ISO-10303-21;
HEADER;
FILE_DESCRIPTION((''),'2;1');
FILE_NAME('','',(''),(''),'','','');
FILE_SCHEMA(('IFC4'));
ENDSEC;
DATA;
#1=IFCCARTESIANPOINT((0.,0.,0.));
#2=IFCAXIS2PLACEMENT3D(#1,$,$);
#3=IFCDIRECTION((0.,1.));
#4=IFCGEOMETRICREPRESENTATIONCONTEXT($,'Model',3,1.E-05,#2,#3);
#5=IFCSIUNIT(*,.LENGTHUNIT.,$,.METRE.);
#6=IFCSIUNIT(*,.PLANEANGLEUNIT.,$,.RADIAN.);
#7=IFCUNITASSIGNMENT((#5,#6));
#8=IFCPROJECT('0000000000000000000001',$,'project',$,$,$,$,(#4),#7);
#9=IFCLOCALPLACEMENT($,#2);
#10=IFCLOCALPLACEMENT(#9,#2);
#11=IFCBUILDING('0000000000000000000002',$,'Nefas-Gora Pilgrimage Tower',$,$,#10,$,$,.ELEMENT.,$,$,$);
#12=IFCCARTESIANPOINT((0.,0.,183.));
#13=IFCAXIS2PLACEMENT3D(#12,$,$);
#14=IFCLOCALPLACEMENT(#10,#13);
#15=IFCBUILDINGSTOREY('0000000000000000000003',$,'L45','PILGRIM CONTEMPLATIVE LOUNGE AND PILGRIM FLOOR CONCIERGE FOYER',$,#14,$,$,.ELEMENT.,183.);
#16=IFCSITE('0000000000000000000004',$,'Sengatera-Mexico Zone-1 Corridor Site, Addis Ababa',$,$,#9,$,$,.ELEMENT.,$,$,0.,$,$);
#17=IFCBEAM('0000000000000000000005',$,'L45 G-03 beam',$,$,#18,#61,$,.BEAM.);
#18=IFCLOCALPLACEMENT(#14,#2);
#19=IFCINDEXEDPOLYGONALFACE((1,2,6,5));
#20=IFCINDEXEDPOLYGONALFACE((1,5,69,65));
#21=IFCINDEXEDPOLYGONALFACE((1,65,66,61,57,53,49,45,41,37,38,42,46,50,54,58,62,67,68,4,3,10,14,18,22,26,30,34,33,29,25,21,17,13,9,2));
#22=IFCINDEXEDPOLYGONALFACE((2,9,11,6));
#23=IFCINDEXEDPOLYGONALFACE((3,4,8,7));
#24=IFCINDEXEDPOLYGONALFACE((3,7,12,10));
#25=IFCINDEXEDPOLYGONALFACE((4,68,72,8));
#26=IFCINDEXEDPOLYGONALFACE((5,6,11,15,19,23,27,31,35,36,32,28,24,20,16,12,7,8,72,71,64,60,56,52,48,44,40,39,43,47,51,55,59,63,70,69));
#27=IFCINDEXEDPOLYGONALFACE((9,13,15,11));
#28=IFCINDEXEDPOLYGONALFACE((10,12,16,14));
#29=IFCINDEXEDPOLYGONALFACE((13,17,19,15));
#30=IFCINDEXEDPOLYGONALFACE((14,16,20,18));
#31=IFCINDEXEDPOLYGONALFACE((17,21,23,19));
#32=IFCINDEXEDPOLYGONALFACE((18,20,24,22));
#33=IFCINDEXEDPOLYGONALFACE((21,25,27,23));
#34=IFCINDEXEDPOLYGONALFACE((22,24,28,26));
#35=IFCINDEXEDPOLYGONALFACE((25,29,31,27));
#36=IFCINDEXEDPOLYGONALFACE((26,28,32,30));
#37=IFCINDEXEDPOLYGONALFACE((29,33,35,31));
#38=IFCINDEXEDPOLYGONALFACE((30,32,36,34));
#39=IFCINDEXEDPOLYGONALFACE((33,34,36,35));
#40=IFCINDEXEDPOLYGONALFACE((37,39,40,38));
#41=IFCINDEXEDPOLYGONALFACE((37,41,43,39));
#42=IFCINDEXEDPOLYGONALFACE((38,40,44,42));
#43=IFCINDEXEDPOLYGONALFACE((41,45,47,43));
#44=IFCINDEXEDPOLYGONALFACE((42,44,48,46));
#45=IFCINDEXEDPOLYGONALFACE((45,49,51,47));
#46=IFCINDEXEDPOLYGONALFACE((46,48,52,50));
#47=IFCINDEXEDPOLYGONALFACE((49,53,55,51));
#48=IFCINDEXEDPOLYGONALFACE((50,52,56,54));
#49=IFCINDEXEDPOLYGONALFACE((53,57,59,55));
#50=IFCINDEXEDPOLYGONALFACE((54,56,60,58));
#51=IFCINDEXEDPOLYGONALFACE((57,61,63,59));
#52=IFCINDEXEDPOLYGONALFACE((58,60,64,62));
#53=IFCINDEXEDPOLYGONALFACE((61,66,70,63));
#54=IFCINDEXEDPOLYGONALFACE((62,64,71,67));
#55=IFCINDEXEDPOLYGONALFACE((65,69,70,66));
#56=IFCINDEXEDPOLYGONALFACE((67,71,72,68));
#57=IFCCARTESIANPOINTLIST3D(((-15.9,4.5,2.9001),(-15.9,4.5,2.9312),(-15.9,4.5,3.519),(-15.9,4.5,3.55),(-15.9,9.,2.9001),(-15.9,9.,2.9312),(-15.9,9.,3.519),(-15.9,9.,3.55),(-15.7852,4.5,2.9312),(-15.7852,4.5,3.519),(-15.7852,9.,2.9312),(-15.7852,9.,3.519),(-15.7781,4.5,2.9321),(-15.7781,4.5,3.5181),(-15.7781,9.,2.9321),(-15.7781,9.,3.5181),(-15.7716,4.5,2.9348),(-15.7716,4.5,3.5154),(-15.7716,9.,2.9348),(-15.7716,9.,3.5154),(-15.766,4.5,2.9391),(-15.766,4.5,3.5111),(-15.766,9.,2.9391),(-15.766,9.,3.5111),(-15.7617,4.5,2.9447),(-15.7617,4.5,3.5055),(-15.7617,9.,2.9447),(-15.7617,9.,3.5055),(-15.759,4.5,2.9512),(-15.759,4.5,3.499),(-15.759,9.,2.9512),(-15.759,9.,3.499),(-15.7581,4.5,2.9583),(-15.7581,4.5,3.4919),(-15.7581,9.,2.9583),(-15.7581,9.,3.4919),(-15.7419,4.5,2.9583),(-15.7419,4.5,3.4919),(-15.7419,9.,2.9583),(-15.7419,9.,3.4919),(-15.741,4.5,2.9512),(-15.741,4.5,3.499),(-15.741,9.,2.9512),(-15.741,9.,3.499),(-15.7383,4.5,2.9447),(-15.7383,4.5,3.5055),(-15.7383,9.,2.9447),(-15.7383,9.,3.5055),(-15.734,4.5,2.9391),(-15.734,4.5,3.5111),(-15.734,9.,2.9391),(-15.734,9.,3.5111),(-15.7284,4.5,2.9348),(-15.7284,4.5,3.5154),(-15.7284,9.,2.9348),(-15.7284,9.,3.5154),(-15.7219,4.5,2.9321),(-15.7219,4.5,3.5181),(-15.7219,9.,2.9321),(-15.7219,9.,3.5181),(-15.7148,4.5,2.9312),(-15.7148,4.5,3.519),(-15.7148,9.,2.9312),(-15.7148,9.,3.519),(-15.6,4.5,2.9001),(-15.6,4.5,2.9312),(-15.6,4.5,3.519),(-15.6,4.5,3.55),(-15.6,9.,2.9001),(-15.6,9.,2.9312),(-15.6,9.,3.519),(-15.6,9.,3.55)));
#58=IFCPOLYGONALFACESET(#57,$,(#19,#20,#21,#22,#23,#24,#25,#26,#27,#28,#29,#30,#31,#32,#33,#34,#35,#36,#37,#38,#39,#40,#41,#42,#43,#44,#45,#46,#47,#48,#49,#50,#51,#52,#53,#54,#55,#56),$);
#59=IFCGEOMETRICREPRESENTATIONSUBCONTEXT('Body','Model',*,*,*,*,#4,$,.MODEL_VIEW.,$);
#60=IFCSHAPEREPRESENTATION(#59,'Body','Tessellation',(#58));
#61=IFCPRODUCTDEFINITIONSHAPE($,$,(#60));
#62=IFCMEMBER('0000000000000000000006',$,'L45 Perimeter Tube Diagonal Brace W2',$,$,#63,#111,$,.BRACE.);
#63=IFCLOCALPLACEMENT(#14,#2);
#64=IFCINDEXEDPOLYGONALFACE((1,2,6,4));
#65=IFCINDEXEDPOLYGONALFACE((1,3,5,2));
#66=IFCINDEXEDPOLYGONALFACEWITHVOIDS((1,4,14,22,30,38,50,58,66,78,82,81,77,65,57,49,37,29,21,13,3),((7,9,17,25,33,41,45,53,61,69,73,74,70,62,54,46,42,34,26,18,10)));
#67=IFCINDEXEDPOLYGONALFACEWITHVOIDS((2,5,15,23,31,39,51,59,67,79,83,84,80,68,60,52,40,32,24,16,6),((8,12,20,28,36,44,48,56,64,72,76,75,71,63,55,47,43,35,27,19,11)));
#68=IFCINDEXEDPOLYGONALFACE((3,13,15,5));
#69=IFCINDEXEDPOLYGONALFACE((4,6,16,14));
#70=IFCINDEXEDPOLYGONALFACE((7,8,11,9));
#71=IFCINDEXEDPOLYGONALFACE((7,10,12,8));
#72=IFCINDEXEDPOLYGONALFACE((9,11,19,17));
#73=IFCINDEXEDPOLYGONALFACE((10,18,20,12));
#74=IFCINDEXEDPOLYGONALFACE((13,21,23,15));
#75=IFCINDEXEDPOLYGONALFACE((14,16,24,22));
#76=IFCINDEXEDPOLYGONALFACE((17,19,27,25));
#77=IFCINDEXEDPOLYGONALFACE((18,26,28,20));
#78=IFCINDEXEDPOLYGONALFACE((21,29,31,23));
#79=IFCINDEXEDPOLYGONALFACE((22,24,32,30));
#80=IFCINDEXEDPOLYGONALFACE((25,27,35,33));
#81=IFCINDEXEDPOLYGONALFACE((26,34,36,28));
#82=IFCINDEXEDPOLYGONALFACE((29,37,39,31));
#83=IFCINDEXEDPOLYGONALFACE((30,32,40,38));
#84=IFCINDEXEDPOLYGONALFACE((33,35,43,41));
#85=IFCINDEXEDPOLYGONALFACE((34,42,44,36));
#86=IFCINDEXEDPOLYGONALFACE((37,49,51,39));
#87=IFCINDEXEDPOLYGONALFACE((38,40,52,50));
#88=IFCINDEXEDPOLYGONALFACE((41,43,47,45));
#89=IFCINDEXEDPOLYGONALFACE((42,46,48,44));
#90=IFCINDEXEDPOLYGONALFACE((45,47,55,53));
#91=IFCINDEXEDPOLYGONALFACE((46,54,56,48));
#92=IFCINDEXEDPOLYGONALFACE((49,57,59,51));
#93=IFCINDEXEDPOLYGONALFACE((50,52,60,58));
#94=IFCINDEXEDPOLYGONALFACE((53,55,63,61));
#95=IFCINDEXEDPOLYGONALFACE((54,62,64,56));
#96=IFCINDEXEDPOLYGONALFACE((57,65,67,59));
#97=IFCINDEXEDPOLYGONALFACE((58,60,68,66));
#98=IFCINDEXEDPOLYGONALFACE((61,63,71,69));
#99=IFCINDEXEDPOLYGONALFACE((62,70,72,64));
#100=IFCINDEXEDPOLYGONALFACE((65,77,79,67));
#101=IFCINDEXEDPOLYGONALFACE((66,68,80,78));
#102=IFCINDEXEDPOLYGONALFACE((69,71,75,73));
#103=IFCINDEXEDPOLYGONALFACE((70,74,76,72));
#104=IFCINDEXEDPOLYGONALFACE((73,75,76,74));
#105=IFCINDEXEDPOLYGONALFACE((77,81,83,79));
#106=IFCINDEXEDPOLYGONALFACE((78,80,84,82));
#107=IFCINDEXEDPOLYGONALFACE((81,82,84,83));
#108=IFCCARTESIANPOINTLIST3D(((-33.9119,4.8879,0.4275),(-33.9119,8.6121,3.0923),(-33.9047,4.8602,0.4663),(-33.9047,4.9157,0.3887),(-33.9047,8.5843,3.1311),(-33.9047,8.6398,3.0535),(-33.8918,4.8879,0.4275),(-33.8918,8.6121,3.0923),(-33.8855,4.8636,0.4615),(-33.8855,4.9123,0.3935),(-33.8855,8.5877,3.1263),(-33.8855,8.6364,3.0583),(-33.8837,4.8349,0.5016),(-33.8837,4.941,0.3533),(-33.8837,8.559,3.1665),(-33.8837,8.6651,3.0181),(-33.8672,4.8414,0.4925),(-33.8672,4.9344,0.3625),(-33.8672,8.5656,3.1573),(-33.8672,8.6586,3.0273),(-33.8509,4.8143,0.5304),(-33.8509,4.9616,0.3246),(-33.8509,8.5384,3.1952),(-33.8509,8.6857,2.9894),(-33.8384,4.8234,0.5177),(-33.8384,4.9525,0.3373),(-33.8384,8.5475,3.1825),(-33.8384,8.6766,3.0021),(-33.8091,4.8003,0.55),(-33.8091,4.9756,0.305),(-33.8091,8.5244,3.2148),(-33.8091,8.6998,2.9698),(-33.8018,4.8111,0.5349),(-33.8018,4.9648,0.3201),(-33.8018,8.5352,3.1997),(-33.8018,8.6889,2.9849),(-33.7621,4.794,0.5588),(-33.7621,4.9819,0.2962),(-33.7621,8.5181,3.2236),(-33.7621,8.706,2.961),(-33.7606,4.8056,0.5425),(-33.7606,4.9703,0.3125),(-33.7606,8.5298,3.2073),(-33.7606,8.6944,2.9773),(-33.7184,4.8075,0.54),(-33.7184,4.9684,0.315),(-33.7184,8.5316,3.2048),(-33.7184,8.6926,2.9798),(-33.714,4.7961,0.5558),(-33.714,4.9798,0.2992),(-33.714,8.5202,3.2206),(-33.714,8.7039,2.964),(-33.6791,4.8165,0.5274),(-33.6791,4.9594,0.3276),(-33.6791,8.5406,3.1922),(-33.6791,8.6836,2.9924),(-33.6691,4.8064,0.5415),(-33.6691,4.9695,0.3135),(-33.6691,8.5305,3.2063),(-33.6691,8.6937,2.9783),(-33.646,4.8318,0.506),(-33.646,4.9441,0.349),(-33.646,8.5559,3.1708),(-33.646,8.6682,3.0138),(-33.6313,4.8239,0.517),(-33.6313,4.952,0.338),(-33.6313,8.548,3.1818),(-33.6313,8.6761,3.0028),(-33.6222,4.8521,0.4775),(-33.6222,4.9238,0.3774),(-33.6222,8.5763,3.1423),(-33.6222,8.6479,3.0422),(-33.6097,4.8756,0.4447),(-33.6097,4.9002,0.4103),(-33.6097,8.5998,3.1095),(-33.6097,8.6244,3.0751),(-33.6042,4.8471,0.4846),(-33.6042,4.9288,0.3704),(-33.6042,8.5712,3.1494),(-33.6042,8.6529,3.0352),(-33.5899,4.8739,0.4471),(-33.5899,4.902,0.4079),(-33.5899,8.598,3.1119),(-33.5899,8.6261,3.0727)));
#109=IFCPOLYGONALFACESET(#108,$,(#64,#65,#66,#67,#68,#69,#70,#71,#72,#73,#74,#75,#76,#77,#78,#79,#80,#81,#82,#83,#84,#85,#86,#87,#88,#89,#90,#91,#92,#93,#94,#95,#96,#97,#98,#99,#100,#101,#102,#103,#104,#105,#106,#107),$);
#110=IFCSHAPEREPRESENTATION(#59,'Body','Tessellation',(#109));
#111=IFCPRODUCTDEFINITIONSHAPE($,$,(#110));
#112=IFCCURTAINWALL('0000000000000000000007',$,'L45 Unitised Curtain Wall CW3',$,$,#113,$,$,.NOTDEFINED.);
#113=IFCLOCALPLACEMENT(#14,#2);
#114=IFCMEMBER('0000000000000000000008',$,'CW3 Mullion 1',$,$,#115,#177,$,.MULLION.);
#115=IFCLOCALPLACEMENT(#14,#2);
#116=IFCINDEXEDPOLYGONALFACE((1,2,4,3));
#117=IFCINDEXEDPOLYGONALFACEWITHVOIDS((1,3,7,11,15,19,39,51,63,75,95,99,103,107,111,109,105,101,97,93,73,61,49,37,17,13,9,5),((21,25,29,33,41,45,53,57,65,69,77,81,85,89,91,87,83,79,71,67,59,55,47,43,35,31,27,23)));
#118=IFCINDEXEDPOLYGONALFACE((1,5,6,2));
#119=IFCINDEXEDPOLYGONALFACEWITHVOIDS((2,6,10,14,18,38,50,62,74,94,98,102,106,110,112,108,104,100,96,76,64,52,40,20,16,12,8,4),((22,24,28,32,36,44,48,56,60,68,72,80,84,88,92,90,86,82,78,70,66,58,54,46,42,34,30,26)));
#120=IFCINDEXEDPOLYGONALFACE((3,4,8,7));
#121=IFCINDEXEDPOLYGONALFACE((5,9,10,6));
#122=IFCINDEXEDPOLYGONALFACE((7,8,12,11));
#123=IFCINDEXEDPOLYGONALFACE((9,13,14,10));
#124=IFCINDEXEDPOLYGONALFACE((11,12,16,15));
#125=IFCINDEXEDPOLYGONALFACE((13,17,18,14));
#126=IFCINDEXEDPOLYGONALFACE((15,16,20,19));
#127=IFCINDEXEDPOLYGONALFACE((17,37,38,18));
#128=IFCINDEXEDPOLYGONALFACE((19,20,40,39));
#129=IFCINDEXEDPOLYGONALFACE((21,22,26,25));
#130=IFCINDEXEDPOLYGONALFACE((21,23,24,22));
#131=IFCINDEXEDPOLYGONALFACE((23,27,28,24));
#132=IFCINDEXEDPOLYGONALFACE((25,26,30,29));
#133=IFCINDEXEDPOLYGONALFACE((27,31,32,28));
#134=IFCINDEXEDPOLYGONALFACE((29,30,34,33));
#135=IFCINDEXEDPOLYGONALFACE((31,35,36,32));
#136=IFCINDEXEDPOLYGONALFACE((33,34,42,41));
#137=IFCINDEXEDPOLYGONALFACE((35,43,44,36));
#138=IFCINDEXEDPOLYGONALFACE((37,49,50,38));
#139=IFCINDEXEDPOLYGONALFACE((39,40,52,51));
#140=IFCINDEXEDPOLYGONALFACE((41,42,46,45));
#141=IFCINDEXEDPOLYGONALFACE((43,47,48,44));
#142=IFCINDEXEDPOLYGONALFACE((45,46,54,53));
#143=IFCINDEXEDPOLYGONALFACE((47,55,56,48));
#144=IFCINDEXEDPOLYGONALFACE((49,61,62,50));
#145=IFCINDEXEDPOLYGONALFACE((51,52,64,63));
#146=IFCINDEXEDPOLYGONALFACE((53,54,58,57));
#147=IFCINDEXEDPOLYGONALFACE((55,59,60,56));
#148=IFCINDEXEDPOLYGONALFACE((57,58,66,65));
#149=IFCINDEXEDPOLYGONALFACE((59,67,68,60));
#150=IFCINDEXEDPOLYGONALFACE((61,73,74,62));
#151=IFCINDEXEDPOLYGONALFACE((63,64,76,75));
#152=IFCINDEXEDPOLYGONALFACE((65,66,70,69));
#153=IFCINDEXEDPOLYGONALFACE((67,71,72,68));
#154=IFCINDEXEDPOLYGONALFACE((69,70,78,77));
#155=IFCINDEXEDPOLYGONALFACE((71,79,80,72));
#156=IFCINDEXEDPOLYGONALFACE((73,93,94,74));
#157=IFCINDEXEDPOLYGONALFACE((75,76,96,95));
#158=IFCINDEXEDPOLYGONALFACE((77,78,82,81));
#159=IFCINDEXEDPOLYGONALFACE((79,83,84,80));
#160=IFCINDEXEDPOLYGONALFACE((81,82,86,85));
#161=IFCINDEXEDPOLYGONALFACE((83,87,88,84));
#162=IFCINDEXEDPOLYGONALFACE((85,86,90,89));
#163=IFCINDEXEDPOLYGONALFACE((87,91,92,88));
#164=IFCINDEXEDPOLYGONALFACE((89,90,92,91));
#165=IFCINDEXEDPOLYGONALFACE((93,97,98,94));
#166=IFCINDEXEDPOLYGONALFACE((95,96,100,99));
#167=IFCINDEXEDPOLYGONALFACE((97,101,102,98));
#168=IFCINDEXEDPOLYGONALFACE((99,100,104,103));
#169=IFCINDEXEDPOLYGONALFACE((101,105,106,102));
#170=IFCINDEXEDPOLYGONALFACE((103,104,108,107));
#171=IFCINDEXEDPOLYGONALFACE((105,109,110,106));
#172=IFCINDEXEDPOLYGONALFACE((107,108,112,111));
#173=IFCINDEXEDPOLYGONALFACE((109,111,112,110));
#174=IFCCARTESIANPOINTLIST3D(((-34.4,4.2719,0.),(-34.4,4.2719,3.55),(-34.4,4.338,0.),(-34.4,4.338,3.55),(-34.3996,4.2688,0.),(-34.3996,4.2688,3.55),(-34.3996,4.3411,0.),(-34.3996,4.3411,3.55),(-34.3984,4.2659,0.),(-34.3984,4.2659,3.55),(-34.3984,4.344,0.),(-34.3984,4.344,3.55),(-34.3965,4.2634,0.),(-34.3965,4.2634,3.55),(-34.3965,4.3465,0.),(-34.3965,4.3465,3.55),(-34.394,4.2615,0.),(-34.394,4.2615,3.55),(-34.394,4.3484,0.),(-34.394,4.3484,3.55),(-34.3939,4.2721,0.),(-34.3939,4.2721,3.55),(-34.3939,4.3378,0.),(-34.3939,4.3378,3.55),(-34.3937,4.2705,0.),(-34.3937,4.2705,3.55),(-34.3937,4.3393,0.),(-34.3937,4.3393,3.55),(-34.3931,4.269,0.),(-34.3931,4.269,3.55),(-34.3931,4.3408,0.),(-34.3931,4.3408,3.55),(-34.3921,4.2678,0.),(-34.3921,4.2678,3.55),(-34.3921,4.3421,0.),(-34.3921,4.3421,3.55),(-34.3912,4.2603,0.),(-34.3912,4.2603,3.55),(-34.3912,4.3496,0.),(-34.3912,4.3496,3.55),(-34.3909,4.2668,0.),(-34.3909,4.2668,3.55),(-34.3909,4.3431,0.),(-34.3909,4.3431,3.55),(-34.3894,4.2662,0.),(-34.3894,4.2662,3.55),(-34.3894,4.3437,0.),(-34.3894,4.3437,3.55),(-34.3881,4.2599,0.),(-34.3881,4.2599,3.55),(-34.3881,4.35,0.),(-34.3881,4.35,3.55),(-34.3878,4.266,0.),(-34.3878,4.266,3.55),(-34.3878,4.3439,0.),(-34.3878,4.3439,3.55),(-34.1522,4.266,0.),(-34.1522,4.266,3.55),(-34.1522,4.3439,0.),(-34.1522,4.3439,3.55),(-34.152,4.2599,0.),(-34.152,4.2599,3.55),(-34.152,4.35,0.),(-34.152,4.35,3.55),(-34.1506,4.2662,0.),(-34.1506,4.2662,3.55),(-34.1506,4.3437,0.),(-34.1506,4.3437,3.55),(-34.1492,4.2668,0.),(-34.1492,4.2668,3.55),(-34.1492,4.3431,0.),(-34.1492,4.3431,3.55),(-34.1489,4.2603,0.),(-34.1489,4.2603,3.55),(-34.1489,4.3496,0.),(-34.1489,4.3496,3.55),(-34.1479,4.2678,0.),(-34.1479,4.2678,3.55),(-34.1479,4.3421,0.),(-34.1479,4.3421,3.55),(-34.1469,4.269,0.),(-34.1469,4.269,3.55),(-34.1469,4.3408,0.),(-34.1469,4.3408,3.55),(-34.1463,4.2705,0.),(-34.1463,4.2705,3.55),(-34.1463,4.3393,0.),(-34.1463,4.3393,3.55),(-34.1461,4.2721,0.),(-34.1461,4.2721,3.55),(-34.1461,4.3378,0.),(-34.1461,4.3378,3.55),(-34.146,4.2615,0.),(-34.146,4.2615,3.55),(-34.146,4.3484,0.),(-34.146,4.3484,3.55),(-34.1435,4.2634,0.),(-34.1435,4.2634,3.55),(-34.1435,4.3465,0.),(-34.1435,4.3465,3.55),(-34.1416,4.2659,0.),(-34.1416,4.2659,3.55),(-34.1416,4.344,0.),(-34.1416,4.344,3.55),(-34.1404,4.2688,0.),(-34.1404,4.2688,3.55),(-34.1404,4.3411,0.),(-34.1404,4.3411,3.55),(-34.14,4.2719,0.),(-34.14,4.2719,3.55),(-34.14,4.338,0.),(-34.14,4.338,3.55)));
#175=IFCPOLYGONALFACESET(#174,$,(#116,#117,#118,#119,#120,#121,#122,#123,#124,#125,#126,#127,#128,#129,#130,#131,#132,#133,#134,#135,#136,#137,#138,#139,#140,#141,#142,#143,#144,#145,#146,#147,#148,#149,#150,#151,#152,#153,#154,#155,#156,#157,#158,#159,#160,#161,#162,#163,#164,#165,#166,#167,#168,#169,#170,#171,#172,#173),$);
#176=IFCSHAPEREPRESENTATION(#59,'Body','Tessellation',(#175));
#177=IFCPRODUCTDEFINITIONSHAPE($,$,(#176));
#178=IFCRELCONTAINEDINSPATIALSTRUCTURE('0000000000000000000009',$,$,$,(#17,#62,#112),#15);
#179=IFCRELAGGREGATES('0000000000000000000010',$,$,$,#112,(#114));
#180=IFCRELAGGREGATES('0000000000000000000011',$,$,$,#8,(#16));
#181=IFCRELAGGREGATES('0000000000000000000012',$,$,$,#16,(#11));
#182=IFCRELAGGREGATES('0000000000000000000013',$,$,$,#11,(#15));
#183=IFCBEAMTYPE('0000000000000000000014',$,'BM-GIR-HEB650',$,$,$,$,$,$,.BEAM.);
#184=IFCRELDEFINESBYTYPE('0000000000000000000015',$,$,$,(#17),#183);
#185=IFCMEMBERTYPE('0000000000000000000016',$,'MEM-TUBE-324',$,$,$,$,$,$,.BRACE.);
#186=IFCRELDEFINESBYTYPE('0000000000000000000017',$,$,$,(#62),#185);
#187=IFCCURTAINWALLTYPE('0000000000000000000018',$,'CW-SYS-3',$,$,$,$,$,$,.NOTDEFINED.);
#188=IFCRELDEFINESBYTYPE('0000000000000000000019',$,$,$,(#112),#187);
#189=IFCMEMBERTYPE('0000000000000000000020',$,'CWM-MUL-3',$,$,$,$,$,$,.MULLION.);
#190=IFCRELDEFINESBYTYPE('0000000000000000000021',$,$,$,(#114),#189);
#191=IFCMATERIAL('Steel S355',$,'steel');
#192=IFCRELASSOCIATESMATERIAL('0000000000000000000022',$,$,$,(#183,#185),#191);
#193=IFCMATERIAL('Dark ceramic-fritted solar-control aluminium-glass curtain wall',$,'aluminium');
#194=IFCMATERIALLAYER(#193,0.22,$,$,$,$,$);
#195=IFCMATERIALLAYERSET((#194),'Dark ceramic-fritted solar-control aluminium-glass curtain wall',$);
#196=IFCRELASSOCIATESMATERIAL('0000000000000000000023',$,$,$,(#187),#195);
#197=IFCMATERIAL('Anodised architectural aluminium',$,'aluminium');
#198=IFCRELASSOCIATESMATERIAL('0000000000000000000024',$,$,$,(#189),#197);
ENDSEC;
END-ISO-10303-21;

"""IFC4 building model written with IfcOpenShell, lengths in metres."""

from ifc_helpers import new_model, si_unit, direction, frame, origin, origin_2d, place, context, subcontext, project, spatial, hollow_rectangle, hollow_circle, i_section, extrude, source, transform, mapped, material, layer, layer_set, material_profile, profile_set, type_object, element, aggregate, save


model = new_model("IFC4")

# Units and contexts
model_context = context("Model", 3, precision=1e-05, world=origin(), true_north=direction((0.0, 1.0)))
body_context = subcontext(model_context, "Body", "Model", "MODEL_VIEW")
ifc_project = project(units=[si_unit("LENGTHUNIT", "METRE"), si_unit("PLANEANGLEUNIT", "RADIAN")], contexts=[model_context])

# Site, building, storey
site_placement = place(None, origin())
site = spatial("IfcSite", under=ifc_project, at=site_placement, Name="Sengatera-Mexico Zone-1 Corridor Site, Addis Ababa", CompositionType="ELEMENT", RefElevation=0.0)
building_placement = place(site_placement, origin())
building = spatial("IfcBuilding", under=site, at=building_placement, Name="Nefas-Gora Pilgrimage Tower", CompositionType="ELEMENT")
storey_placement = place(building_placement, frame((0.0, 0.0, 183.0)))
storey = spatial("IfcBuildingStorey", under=building, at=storey_placement, Name="L45", Description="PILGRIM CONTEMPLATIVE LOUNGE AND PILGRIM FLOOR CONCIERGE FOYER", CompositionType="ELEMENT", Elevation=183.0)

# Beam
ifc_material_1 = material(Name="Steel S355", Category="steel")
ifc_material_profile_1 = material_profile(ifc_material_1, i_section(OverallWidth=0.3, OverallDepth=0.6499, WebThickness=0.0161, FlangeThickness=0.031, FilletRadius=0.0271, at=origin_2d()), Name="HEB 650")
ifc_profile_set_1 = profile_set([ifc_material_profile_1], Name="Steel S355")
beam_type_1 = type_object("IfcBeamType", Name="BM-GIR-HEB650", PredefinedType="BEAM", material=ifc_profile_set_1)
shared_shape_1 = source(origin(), body_context, "Body", "SweptSolid", [
    extrude(i_section(OverallWidth=0.3, OverallDepth=0.6499, WebThickness=0.0161, FlangeThickness=0.031, FilletRadius=0.0271, at=origin_2d()), origin(), (0.0, 0.0, 1.0), 4.5),
])
for number, where, z_axis, x_axis, name in (
    (1, (-15.75, 4.5, 3.2251), (0.0, 1.0, 0.0), (-1.0, 0.0, 0.0), "L45 G-03 beam"),
):
    element("IfcBeam", number, at=place(storey_placement, frame(where, z_axis=z_axis, x_axis=x_axis)), inside=storey, type_object=beam_type_1, Name=name, PredefinedType="BEAM", context=body_context, shape_type="MappedRepresentation", body=[
        mapped(shared_shape_1, transform((0.0, 0.0, 0.0), x_axis=(1.0, 0.0, 0.0), y_axis=(0.0, 1.0, 0.0), z_axis=(0.0, 0.0, 1.0), scale=1.0)),
    ])

# Member
ifc_material_profile_2 = material_profile(ifc_material_1, hollow_circle(Radius=0.1619, WallThickness=0.02, at=origin_2d()), Name="CHS 323.9x20")
ifc_profile_set_2 = profile_set([ifc_material_profile_2], Name="Steel S355")
member_type_1 = type_object("IfcMemberType", Name="MEM-TUBE-324", PredefinedType="BRACE", material=ifc_profile_set_2)
shared_shape_2 = source(origin(), body_context, "Body", "SweptSolid", [
    extrude(hollow_circle(Radius=0.1619, WallThickness=0.02, at=origin_2d()), origin(), (0.0, 0.0, 1.0), 4.5793),
])
member_1_placement = place(storey_placement, frame((-33.75, 4.8879, 0.4275), z_axis=(0.0, 0.813247, 0.581919), x_axis=(-1.0, 0.0, 0.0)))
element("IfcMember", 2, at=member_1_placement, inside=storey, type_object=member_type_1, Name="L45 Perimeter Tube Diagonal Brace W2", PredefinedType="BRACE", context=body_context, shape_type="MappedRepresentation", body=[
    mapped(shared_shape_2, transform((0.0, 0.0, 0.0), x_axis=(1.0, 0.0, 0.0), y_axis=(0.0, 1.0, 0.0), z_axis=(0.0, 0.0, 1.0), scale=1.0)),
])

# Curtain wall, member
ifc_material_2 = material(Name="Dark ceramic-fritted solar-control aluminium-glass curtain wall", Category="aluminium")
ifc_layer_1 = layer(ifc_material_2, 0.22)
ifc_layer_set_1 = layer_set([ifc_layer_1], Name="Dark ceramic-fritted solar-control aluminium-glass curtain wall")
curtain_wall_type = type_object("IfcCurtainWallType", Name="CW-SYS-3", PredefinedType="NOTDEFINED", material=ifc_layer_set_1)
curtain_wall_placement = place(storey_placement, origin())
curtain_wall = element("IfcCurtainWall", 3, at=curtain_wall_placement, inside=storey, type_object=curtain_wall_type, Name="L45 Unitised Curtain Wall CW3", PredefinedType="NOTDEFINED")
ifc_material_3 = material(Name="Anodised architectural aluminium", Category="aluminium")
ifc_material_profile_3 = material_profile(ifc_material_3, hollow_rectangle(XDim=0.0901, YDim=0.26, WallThickness=0.0061, InnerFilletRadius=0.0061, OuterFilletRadius=0.012, at=origin_2d()), Name="ALU MULLION 90x260")
ifc_profile_set_3 = profile_set([ifc_material_profile_3], Name="Anodised architectural aluminium")
member_type_2 = type_object("IfcMemberType", Name="CWM-MUL-3", PredefinedType="MULLION", material=ifc_profile_set_3)
shared_shape_3 = source(origin(), body_context, "Body", "SweptSolid", [
    extrude(hollow_rectangle(XDim=0.0901, YDim=0.26, WallThickness=0.0061, InnerFilletRadius=0.0061, OuterFilletRadius=0.012, at=origin_2d()), origin(), (0.0, 0.0, 1.0), 3.55),
])
member_2_placement = place(storey_placement, frame((-34.27, 4.3049, 0.0), z_axis=(0.0, 0.0, 1.0), x_axis=(0.0, -1.0, 0.0)))
member_2 = element("IfcMember", 4, at=member_2_placement, type_object=member_type_2, Name="CW3 Mullion 1", PredefinedType="MULLION", context=body_context, shape_type="MappedRepresentation", body=[
    mapped(shared_shape_3, transform((0.0, 0.0, 0.0), x_axis=(1.0, 0.0, 0.0), y_axis=(0.0, 1.0, 0.0), z_axis=(0.0, 0.0, 1.0), scale=1.0)),
])

aggregate(curtain_wall, [member_2])

save(model, "model.ifc")
